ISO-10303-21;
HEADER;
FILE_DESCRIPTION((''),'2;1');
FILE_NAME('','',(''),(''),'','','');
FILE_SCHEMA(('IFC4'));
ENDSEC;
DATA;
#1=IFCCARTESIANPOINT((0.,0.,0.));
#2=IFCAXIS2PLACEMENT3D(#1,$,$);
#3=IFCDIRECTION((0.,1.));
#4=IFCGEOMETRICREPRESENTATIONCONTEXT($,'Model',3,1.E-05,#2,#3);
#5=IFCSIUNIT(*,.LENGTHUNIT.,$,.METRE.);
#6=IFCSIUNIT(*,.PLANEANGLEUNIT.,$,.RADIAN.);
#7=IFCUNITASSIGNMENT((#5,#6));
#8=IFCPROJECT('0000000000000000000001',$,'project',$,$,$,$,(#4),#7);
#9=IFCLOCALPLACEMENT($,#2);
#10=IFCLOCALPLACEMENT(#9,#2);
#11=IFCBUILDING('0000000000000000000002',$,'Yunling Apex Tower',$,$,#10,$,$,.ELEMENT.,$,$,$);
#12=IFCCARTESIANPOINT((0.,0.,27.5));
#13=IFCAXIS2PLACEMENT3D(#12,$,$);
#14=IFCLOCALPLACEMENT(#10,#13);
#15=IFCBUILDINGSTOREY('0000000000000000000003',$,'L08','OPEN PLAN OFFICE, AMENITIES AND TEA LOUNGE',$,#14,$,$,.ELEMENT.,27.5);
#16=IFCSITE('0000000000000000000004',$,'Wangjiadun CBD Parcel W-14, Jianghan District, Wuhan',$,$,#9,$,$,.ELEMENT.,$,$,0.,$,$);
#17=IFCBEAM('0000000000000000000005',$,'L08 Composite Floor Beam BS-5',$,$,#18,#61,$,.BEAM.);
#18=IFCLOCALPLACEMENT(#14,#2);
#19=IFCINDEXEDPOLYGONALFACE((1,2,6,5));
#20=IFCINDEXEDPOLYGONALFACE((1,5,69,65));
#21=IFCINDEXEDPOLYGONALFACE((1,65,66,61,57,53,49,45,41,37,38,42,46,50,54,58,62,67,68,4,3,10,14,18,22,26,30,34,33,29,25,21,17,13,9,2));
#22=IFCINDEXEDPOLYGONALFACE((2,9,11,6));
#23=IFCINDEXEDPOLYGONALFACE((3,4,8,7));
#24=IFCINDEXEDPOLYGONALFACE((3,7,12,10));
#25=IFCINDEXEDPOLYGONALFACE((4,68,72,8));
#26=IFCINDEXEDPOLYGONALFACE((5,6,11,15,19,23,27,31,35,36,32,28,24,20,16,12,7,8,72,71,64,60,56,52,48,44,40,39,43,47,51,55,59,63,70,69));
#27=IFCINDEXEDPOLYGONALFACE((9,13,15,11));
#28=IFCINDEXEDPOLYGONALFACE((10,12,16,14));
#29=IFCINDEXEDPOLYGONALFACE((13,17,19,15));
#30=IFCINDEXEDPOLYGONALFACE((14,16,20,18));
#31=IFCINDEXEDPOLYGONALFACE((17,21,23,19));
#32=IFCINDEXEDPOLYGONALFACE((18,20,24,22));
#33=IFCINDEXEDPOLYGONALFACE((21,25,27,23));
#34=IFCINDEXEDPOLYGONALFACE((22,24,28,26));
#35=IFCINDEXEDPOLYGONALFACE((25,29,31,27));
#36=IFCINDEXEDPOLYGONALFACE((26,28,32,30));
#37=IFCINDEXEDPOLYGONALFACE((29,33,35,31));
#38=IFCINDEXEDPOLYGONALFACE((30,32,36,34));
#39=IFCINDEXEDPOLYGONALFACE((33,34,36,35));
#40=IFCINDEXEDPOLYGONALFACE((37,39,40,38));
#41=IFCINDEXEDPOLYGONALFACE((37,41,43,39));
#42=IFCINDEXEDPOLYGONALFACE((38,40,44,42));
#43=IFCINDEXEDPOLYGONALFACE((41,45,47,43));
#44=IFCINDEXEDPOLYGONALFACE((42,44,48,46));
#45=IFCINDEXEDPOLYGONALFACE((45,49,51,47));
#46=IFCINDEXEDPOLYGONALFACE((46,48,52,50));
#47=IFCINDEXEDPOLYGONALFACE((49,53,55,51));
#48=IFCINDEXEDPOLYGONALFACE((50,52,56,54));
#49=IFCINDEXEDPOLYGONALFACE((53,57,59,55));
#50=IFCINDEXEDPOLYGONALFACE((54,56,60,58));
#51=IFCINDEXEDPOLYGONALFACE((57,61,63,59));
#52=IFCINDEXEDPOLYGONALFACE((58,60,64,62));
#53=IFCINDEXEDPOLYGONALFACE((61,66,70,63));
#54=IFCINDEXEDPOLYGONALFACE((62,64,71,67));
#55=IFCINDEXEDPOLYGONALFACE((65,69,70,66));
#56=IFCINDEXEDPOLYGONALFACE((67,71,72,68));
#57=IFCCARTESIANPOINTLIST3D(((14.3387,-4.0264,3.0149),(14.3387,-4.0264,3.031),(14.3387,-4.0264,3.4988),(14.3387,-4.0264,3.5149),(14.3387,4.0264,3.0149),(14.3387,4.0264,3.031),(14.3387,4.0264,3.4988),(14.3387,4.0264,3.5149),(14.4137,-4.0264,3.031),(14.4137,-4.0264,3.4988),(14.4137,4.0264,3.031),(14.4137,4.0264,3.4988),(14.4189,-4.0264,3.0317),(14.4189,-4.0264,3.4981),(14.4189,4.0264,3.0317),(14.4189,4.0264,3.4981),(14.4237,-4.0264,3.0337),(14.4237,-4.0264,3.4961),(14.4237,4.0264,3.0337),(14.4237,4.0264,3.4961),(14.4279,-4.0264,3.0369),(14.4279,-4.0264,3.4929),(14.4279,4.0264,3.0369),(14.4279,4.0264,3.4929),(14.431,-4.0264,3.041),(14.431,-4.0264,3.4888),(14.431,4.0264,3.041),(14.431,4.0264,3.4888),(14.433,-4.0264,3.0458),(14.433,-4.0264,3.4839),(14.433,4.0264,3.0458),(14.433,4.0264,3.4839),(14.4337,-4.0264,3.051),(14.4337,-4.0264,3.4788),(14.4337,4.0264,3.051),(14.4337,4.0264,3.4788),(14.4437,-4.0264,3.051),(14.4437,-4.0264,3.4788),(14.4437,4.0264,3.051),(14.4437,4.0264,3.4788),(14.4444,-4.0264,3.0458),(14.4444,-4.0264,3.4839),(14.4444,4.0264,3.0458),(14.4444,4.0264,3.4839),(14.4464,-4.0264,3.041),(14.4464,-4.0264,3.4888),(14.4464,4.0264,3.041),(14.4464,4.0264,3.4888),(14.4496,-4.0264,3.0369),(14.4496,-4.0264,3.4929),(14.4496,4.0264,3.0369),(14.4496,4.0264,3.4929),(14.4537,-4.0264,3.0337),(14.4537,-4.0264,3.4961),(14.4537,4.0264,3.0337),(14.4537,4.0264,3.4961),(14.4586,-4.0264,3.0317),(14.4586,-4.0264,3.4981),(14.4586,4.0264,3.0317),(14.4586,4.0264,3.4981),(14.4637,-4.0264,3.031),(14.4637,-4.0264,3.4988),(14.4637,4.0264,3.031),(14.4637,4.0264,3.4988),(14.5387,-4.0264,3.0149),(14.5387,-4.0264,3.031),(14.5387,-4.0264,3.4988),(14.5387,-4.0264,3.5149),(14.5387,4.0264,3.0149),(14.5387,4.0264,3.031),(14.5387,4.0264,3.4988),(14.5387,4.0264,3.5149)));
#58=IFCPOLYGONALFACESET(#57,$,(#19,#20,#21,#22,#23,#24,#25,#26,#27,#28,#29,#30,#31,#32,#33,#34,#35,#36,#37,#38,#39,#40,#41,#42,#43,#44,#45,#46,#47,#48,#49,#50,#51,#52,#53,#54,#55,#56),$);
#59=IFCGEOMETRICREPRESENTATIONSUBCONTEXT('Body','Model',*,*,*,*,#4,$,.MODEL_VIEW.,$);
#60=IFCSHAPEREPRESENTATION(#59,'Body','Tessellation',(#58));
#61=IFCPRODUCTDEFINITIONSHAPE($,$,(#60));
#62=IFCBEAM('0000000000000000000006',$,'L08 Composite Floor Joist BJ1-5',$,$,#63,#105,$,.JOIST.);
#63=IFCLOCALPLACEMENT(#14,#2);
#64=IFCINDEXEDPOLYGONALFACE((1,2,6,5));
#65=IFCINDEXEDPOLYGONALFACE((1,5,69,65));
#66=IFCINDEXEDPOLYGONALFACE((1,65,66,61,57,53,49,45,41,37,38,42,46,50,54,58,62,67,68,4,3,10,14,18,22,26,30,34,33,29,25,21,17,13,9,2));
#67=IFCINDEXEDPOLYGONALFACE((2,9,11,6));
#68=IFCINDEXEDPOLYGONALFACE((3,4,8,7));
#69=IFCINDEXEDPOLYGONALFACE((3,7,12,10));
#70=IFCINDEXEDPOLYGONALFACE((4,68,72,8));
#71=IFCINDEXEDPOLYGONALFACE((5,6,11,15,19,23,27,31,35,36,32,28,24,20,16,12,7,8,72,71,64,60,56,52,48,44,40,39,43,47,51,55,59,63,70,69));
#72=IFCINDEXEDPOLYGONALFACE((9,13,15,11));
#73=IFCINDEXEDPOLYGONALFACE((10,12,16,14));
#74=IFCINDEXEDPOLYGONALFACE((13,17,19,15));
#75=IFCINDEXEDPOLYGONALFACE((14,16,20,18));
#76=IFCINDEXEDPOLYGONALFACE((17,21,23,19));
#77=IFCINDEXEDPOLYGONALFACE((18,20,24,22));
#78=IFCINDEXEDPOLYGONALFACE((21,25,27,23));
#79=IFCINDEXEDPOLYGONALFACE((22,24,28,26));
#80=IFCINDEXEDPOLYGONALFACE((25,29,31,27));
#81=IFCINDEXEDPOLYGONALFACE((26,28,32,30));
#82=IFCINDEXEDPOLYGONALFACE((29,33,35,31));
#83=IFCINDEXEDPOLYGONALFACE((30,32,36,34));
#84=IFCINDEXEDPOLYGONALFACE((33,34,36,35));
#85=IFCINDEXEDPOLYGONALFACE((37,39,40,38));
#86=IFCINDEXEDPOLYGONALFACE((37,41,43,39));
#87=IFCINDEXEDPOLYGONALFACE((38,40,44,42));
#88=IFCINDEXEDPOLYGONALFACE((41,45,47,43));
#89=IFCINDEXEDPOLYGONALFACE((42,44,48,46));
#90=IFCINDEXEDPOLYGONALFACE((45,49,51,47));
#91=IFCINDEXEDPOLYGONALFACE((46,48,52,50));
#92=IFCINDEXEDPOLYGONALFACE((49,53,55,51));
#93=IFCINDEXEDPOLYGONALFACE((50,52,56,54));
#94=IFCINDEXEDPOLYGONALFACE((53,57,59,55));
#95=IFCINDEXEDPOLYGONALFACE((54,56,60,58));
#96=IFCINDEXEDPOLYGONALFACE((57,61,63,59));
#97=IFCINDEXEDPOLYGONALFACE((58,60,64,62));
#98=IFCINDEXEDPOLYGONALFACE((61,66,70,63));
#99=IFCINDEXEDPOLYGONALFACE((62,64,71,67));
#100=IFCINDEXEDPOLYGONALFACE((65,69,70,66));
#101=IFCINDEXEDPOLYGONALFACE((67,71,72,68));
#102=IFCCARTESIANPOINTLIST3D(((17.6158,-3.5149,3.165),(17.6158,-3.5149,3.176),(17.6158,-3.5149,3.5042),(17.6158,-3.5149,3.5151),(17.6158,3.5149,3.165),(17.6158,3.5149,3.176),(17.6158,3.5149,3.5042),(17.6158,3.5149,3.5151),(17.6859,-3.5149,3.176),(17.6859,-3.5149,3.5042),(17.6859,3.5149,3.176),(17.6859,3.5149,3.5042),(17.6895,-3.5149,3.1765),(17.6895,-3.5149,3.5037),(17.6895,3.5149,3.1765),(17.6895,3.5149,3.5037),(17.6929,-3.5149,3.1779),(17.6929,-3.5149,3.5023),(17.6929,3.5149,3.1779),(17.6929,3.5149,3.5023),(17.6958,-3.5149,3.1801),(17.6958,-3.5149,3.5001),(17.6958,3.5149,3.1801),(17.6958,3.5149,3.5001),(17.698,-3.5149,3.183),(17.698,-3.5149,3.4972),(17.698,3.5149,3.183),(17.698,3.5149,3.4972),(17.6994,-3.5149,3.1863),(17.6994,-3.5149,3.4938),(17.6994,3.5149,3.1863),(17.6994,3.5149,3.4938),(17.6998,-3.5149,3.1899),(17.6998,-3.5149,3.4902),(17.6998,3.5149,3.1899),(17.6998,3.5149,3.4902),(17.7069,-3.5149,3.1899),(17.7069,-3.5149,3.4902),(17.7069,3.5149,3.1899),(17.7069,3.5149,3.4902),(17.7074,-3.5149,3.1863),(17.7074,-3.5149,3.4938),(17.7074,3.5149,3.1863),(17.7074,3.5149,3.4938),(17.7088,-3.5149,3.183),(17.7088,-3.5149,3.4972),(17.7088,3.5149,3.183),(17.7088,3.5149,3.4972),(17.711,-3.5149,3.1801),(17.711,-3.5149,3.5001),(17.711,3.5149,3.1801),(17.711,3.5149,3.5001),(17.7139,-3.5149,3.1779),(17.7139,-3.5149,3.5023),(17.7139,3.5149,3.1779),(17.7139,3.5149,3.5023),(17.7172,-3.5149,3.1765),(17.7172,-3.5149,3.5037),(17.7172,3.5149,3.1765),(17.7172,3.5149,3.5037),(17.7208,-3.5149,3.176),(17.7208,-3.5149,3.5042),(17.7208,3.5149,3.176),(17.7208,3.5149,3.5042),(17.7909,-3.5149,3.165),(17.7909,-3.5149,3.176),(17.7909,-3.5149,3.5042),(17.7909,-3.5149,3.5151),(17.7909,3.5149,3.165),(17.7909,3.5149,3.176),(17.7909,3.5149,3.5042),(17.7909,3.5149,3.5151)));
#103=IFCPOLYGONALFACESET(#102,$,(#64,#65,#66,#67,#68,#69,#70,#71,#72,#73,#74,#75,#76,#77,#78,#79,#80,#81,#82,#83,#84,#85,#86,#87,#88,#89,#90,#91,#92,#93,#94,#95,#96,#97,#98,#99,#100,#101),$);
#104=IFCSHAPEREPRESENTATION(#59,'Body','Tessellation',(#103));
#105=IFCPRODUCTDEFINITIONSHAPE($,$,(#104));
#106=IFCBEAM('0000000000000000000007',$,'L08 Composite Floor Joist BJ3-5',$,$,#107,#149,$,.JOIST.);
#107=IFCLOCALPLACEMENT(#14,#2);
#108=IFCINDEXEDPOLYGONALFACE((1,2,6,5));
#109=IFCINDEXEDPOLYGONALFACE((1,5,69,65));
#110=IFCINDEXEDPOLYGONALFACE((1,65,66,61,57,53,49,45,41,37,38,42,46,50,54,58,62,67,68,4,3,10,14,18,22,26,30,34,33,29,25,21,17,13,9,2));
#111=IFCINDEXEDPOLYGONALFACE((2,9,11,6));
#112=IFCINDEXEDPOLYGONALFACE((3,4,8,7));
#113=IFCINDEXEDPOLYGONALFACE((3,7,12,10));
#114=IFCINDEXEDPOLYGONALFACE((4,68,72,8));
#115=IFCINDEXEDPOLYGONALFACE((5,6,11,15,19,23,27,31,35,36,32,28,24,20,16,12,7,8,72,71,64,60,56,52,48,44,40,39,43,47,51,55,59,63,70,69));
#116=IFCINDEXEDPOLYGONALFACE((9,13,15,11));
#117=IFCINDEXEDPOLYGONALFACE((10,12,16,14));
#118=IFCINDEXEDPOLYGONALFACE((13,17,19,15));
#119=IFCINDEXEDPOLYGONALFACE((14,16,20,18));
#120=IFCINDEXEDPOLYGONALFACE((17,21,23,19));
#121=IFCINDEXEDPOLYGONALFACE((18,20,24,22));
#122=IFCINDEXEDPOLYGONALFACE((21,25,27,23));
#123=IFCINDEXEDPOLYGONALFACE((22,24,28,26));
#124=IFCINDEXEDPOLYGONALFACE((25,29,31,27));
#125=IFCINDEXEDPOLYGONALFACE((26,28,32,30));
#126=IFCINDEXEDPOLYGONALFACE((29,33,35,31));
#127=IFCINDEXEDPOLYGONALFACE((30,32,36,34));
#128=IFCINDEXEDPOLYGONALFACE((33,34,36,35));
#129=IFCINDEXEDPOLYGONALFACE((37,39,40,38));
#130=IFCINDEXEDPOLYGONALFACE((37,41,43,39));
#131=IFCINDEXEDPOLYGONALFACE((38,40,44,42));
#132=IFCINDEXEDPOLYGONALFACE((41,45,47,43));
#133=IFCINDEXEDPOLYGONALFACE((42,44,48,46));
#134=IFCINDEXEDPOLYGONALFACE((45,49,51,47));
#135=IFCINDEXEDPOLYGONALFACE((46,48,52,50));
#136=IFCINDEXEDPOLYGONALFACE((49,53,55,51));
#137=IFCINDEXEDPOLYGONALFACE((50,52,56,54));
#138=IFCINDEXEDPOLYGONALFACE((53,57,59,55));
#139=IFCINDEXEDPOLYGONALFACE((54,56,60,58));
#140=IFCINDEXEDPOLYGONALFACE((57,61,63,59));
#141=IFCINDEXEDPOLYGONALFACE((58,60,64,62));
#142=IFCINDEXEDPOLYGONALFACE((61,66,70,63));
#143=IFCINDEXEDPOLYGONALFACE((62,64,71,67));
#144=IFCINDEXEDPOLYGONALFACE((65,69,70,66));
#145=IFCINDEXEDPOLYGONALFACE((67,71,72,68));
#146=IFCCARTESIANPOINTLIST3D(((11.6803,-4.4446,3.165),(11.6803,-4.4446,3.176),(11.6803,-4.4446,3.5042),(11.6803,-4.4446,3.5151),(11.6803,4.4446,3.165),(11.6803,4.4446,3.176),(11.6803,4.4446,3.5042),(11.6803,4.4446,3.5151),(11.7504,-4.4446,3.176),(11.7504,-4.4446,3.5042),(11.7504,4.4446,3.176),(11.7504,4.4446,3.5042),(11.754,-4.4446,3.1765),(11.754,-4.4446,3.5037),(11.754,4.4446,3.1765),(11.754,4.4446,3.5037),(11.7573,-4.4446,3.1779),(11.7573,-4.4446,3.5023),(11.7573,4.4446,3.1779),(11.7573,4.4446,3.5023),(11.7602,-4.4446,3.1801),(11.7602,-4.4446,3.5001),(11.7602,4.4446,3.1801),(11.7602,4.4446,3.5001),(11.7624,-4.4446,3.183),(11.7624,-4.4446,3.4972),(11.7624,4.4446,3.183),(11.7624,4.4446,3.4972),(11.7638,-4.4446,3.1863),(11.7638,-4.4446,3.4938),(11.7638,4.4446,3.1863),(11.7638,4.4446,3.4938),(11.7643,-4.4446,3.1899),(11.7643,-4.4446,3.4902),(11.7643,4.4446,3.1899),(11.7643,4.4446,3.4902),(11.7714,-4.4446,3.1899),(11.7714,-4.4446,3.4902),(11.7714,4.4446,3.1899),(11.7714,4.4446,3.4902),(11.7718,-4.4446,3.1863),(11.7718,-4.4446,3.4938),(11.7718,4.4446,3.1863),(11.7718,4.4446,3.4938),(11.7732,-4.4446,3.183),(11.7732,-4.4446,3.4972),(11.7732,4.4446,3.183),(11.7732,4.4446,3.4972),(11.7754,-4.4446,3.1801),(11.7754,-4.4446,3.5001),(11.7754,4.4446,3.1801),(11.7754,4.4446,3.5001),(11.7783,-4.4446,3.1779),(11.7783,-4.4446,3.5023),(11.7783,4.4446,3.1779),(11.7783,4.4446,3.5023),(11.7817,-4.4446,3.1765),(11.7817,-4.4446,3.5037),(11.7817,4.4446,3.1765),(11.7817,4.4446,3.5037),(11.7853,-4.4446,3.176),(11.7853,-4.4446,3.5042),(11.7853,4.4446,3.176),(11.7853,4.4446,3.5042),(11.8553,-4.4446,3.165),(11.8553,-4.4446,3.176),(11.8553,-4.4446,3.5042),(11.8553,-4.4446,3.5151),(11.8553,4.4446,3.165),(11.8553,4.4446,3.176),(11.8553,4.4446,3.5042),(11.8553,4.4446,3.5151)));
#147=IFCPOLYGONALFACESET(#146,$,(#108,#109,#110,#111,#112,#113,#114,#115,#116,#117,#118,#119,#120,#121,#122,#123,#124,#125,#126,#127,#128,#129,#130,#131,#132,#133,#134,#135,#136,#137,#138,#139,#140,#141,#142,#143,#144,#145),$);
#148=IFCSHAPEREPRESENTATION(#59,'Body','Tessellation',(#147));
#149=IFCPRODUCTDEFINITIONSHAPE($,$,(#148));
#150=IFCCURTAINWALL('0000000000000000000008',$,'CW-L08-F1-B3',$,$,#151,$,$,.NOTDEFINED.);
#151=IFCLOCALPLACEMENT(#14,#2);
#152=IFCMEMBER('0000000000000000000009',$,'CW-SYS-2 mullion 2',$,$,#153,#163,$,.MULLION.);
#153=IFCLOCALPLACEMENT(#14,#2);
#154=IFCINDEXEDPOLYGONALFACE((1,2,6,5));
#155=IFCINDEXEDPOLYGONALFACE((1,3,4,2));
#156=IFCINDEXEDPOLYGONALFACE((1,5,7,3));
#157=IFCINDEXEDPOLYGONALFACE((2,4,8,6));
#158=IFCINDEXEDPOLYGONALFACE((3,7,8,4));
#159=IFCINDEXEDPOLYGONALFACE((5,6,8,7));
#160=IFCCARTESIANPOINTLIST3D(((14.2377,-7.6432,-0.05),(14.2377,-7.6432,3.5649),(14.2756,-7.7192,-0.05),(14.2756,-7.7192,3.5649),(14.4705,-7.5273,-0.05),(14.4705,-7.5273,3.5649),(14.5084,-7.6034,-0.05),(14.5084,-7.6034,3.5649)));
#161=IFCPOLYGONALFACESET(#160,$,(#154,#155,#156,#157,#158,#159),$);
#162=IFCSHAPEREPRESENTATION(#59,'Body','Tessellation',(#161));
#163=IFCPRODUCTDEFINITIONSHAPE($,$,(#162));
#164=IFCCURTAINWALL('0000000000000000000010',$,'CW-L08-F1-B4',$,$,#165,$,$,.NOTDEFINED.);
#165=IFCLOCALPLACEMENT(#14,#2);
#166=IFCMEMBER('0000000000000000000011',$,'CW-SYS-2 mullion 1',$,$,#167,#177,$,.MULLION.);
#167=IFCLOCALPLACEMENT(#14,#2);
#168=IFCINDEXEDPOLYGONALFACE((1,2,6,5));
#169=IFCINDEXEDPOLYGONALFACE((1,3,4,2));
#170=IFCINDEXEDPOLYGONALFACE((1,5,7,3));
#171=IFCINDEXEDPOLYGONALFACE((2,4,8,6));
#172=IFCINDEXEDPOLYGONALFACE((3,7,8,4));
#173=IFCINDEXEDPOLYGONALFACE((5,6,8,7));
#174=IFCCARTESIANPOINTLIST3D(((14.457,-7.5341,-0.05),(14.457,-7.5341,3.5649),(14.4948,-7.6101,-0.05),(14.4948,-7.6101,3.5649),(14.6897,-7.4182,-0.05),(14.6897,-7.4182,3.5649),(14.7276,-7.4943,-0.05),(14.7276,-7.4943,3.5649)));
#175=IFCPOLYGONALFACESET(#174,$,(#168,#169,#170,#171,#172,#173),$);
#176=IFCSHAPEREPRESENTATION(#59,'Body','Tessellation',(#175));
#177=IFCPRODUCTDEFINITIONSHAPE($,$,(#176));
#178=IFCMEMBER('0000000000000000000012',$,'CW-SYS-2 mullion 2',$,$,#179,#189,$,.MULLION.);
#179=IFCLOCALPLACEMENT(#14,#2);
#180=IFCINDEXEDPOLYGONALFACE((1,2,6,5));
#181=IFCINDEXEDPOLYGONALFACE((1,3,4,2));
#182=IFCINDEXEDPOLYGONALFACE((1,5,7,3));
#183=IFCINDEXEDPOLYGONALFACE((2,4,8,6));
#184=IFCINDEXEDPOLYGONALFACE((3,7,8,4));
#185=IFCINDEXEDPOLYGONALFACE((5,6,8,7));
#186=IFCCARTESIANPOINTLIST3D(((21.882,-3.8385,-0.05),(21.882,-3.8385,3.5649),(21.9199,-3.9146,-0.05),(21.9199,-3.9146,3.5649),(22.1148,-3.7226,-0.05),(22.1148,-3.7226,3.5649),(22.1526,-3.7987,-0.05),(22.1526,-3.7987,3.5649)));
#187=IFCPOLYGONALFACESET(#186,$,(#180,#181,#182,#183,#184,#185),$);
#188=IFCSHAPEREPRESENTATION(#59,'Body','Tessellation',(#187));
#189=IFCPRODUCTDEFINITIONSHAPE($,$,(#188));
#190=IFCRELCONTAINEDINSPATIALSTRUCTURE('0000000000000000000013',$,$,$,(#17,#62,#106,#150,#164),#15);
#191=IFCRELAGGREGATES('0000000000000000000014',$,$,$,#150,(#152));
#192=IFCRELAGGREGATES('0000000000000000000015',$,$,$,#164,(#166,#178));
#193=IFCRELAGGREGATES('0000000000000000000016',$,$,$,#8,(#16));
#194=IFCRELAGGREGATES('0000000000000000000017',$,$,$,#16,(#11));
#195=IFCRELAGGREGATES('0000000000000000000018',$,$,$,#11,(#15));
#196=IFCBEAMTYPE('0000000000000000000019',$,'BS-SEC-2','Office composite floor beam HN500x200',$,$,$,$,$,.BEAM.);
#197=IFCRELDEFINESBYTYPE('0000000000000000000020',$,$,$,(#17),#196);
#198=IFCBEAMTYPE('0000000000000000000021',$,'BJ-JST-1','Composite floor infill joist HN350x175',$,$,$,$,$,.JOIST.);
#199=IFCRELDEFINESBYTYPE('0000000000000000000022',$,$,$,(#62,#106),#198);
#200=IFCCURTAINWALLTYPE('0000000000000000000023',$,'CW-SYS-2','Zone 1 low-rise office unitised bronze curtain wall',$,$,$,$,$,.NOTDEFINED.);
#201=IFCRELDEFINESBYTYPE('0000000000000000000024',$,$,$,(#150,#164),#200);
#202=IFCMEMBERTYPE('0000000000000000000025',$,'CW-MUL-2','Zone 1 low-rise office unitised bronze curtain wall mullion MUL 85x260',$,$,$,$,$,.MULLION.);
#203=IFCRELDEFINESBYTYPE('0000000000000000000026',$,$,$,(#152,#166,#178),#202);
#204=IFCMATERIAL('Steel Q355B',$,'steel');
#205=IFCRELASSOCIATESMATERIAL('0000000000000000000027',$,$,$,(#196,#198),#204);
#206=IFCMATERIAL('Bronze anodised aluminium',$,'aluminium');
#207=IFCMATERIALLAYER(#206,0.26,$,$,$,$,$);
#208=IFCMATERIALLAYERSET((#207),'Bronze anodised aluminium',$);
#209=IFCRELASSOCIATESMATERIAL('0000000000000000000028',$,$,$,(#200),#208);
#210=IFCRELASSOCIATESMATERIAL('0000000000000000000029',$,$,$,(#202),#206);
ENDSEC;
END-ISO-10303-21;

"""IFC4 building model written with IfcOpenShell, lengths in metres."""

from ifc_helpers import new_model, si_unit, direction, frame, origin, origin_2d, place, context, subcontext, project, spatial, rectangle, i_section, extrude, source, transform, mapped, material, layer, layer_set, material_profile, profile_set, type_object, element, aggregate, save


model = new_model("IFC4")

# Units and contexts
model_context = context("Model", 3, precision=1e-05, world=origin(), true_north=direction((0.0, 1.0)))
body_context = subcontext(model_context, "Body", "Model", "MODEL_VIEW")
ifc_project = project(units=[si_unit("LENGTHUNIT", "METRE"), si_unit("PLANEANGLEUNIT", "RADIAN")], contexts=[model_context])

# Site, building, storey
site_placement = place(None, origin())
site = spatial("IfcSite", under=ifc_project, at=site_placement, Name="Wangjiadun CBD Parcel W-14, Jianghan District, Wuhan", CompositionType="ELEMENT", RefElevation=0.0)
building_placement = place(site_placement, origin())
building = spatial("IfcBuilding", under=site, at=building_placement, Name="Yunling Apex Tower", CompositionType="ELEMENT")
storey_placement = place(building_placement, frame((0.0, 0.0, 27.5)))
storey = spatial("IfcBuildingStorey", under=building, at=storey_placement, Name="L08", Description="OPEN PLAN OFFICE, AMENITIES AND TEA LOUNGE", CompositionType="ELEMENT", Elevation=27.5)

# Beams
ifc_material_1 = material(Name="Steel Q355B", Category="steel")
ifc_material_profile_1 = material_profile(ifc_material_1, i_section(OverallWidth=0.2, OverallDepth=0.5, WebThickness=0.01, FlangeThickness=0.0161, FilletRadius=0.02, at=origin_2d()))
ifc_profile_set_1 = profile_set([ifc_material_profile_1], Name="Steel Q355B")
beam_type_1 = type_object("IfcBeamType", Name="BS-SEC-2", Description="Office composite floor beam HN500x200", PredefinedType="BEAM", material=ifc_profile_set_1)
shared_shape_1 = source(origin(), body_context, "Body", "SweptSolid", [
    extrude(i_section(OverallWidth=0.2, OverallDepth=0.5, WebThickness=0.01, FlangeThickness=0.0161, FilletRadius=0.02, at=origin_2d()), origin(), (0.0, 0.0, 1.0), 8.0527),
])
beam_1_placement = place(storey_placement, frame((14.4387, -4.0264, 3.2649), z_axis=(0.0, 1.0, 0.0), x_axis=(-1.0, 0.0, 0.0)))
element("IfcBeam", 1, at=beam_1_placement, inside=storey, type_object=beam_type_1, Name="L08 Composite Floor Beam BS-5", PredefinedType="BEAM", context=body_context, shape_type="MappedRepresentation", body=[
    mapped(shared_shape_1, transform((0.0, 0.0, 0.0), scale=1.0)),
])
ifc_material_profile_2 = material_profile(ifc_material_1, i_section(OverallWidth=0.175, OverallDepth=0.3501, WebThickness=0.0071, FlangeThickness=0.011, FilletRadius=0.0139, at=origin_2d()))
ifc_profile_set_2 = profile_set([ifc_material_profile_2], Name="Steel Q355B")
beam_type_2 = type_object("IfcBeamType", Name="BJ-JST-1", Description="Composite floor infill joist HN350x175", PredefinedType="JOIST", material=ifc_profile_set_2)
shared_shape_2 = source(origin(), body_context, "Body", "SweptSolid", [
    extrude(i_section(OverallWidth=0.175, OverallDepth=0.3501, WebThickness=0.0071, FlangeThickness=0.011, FilletRadius=0.0139, at=origin_2d()), origin(), (0.0, 0.0, 1.0), 7.0298),
])
beam_2_placement = place(storey_placement, frame((17.7034, -3.5149, 3.3401), z_axis=(0.0, 1.0, 0.0), x_axis=(-1.0, 0.0, 0.0)))
element("IfcBeam", 2, at=beam_2_placement, inside=storey, type_object=beam_type_2, Name="L08 Composite Floor Joist BJ1-5", PredefinedType="JOIST", context=body_context, shape_type="MappedRepresentation", body=[
    mapped(shared_shape_2, transform((0.0, 0.0, 0.0), scale=1.0)),
])
shared_shape_3 = source(origin(), body_context, "Body", "SweptSolid", [
    extrude(i_section(OverallWidth=0.175, OverallDepth=0.3501, WebThickness=0.0071, FlangeThickness=0.011, FilletRadius=0.0139, at=origin_2d()), origin(), (0.0, 0.0, 1.0), 8.8892),
])
beam_3_placement = place(storey_placement, frame((11.7678, -4.4446, 3.3401), z_axis=(0.0, 1.0, 0.0), x_axis=(-1.0, 0.0, 0.0)))
element("IfcBeam", 3, at=beam_3_placement, inside=storey, type_object=beam_type_2, Name="L08 Composite Floor Joist BJ3-5", PredefinedType="JOIST", context=body_context, shape_type="MappedRepresentation", body=[
    mapped(shared_shape_3, transform((0.0, 0.0, 0.0), scale=1.0)),
])

# Curtain wall, member
ifc_material_2 = material(Name="Bronze anodised aluminium", Category="aluminium")
ifc_layer_1 = layer(ifc_material_2, 0.26)
ifc_layer_set_1 = layer_set([ifc_layer_1], Name="Bronze anodised aluminium")
curtain_wall_type = type_object("IfcCurtainWallType", Name="CW-SYS-2", Description="Zone 1 low-rise office unitised bronze curtain wall", PredefinedType="NOTDEFINED", material=ifc_layer_set_1)
curtain_wall_1_placement = place(storey_placement, origin())
curtain_wall_1 = element("IfcCurtainWall", 4, at=curtain_wall_1_placement, inside=storey, type_object=curtain_wall_type, Name="CW-L08-F1-B3", PredefinedType="NOTDEFINED")
ifc_material_profile_3 = material_profile(ifc_material_2, rectangle(XDim=0.085, YDim=0.26, at=origin_2d()))
ifc_profile_set_3 = profile_set([ifc_material_profile_3], Name="Bronze anodised aluminium")
member_type_1 = type_object("IfcMemberType", Name="CW-MUL-2", Description="Zone 1 low-rise office unitised bronze curtain wall mullion MUL 85x260", PredefinedType="MULLION", material=ifc_profile_set_3)
shared_shape_4 = source(origin(), body_context, "Body", "SweptSolid", [
    extrude(rectangle(XDim=0.085, YDim=0.26, at=origin_2d()), origin(), (0.0, 0.0, 1.0), 3.615),
])
member_1_placement = place(storey_placement, frame((14.373, -7.6233, -0.05), z_axis=(0.0, 0.0, 1.0), x_axis=(-0.445571, 0.895247, 0.0)))
member_1 = element("IfcMember", 5, at=member_1_placement, type_object=member_type_1, Name="CW-SYS-2 mullion 2", PredefinedType="MULLION", context=body_context, shape_type="MappedRepresentation", body=[
    mapped(shared_shape_4, transform((0.0, 0.0, 0.0), scale=1.0)),
])

# Curtain wall, members
curtain_wall_2_placement = place(storey_placement, origin())
curtain_wall_2 = element("IfcCurtainWall", 6, at=curtain_wall_2_placement, inside=storey, type_object=curtain_wall_type, Name="CW-L08-F1-B4", PredefinedType="NOTDEFINED")
member_2_placement = place(storey_placement, frame((14.5923, -7.5142, -0.05), z_axis=(0.0, 0.0, 1.0), x_axis=(-0.44558, 0.895242, 0.0)))
member_2 = element("IfcMember", 7, at=member_2_placement, type_object=member_type_1, Name="CW-SYS-2 mullion 1", PredefinedType="MULLION", context=body_context, shape_type="MappedRepresentation", body=[
    mapped(shared_shape_4, transform((0.0, 0.0, 0.0), scale=1.0)),
])
member_3_placement = place(storey_placement, frame((22.0173, -3.8186, -0.05), z_axis=(0.0, 0.0, 1.0), x_axis=(-0.44558, 0.895242, 0.0)))
member_3 = element("IfcMember", 8, at=member_3_placement, type_object=member_type_1, Name="CW-SYS-2 mullion 2", PredefinedType="MULLION", context=body_context, shape_type="MappedRepresentation", body=[
    mapped(shared_shape_4, transform((0.0, 0.0, 0.0), scale=1.0)),
])

aggregate(curtain_wall_1, [member_1])
aggregate(curtain_wall_2, [member_2, member_3])

save(model, "model.ifc")
